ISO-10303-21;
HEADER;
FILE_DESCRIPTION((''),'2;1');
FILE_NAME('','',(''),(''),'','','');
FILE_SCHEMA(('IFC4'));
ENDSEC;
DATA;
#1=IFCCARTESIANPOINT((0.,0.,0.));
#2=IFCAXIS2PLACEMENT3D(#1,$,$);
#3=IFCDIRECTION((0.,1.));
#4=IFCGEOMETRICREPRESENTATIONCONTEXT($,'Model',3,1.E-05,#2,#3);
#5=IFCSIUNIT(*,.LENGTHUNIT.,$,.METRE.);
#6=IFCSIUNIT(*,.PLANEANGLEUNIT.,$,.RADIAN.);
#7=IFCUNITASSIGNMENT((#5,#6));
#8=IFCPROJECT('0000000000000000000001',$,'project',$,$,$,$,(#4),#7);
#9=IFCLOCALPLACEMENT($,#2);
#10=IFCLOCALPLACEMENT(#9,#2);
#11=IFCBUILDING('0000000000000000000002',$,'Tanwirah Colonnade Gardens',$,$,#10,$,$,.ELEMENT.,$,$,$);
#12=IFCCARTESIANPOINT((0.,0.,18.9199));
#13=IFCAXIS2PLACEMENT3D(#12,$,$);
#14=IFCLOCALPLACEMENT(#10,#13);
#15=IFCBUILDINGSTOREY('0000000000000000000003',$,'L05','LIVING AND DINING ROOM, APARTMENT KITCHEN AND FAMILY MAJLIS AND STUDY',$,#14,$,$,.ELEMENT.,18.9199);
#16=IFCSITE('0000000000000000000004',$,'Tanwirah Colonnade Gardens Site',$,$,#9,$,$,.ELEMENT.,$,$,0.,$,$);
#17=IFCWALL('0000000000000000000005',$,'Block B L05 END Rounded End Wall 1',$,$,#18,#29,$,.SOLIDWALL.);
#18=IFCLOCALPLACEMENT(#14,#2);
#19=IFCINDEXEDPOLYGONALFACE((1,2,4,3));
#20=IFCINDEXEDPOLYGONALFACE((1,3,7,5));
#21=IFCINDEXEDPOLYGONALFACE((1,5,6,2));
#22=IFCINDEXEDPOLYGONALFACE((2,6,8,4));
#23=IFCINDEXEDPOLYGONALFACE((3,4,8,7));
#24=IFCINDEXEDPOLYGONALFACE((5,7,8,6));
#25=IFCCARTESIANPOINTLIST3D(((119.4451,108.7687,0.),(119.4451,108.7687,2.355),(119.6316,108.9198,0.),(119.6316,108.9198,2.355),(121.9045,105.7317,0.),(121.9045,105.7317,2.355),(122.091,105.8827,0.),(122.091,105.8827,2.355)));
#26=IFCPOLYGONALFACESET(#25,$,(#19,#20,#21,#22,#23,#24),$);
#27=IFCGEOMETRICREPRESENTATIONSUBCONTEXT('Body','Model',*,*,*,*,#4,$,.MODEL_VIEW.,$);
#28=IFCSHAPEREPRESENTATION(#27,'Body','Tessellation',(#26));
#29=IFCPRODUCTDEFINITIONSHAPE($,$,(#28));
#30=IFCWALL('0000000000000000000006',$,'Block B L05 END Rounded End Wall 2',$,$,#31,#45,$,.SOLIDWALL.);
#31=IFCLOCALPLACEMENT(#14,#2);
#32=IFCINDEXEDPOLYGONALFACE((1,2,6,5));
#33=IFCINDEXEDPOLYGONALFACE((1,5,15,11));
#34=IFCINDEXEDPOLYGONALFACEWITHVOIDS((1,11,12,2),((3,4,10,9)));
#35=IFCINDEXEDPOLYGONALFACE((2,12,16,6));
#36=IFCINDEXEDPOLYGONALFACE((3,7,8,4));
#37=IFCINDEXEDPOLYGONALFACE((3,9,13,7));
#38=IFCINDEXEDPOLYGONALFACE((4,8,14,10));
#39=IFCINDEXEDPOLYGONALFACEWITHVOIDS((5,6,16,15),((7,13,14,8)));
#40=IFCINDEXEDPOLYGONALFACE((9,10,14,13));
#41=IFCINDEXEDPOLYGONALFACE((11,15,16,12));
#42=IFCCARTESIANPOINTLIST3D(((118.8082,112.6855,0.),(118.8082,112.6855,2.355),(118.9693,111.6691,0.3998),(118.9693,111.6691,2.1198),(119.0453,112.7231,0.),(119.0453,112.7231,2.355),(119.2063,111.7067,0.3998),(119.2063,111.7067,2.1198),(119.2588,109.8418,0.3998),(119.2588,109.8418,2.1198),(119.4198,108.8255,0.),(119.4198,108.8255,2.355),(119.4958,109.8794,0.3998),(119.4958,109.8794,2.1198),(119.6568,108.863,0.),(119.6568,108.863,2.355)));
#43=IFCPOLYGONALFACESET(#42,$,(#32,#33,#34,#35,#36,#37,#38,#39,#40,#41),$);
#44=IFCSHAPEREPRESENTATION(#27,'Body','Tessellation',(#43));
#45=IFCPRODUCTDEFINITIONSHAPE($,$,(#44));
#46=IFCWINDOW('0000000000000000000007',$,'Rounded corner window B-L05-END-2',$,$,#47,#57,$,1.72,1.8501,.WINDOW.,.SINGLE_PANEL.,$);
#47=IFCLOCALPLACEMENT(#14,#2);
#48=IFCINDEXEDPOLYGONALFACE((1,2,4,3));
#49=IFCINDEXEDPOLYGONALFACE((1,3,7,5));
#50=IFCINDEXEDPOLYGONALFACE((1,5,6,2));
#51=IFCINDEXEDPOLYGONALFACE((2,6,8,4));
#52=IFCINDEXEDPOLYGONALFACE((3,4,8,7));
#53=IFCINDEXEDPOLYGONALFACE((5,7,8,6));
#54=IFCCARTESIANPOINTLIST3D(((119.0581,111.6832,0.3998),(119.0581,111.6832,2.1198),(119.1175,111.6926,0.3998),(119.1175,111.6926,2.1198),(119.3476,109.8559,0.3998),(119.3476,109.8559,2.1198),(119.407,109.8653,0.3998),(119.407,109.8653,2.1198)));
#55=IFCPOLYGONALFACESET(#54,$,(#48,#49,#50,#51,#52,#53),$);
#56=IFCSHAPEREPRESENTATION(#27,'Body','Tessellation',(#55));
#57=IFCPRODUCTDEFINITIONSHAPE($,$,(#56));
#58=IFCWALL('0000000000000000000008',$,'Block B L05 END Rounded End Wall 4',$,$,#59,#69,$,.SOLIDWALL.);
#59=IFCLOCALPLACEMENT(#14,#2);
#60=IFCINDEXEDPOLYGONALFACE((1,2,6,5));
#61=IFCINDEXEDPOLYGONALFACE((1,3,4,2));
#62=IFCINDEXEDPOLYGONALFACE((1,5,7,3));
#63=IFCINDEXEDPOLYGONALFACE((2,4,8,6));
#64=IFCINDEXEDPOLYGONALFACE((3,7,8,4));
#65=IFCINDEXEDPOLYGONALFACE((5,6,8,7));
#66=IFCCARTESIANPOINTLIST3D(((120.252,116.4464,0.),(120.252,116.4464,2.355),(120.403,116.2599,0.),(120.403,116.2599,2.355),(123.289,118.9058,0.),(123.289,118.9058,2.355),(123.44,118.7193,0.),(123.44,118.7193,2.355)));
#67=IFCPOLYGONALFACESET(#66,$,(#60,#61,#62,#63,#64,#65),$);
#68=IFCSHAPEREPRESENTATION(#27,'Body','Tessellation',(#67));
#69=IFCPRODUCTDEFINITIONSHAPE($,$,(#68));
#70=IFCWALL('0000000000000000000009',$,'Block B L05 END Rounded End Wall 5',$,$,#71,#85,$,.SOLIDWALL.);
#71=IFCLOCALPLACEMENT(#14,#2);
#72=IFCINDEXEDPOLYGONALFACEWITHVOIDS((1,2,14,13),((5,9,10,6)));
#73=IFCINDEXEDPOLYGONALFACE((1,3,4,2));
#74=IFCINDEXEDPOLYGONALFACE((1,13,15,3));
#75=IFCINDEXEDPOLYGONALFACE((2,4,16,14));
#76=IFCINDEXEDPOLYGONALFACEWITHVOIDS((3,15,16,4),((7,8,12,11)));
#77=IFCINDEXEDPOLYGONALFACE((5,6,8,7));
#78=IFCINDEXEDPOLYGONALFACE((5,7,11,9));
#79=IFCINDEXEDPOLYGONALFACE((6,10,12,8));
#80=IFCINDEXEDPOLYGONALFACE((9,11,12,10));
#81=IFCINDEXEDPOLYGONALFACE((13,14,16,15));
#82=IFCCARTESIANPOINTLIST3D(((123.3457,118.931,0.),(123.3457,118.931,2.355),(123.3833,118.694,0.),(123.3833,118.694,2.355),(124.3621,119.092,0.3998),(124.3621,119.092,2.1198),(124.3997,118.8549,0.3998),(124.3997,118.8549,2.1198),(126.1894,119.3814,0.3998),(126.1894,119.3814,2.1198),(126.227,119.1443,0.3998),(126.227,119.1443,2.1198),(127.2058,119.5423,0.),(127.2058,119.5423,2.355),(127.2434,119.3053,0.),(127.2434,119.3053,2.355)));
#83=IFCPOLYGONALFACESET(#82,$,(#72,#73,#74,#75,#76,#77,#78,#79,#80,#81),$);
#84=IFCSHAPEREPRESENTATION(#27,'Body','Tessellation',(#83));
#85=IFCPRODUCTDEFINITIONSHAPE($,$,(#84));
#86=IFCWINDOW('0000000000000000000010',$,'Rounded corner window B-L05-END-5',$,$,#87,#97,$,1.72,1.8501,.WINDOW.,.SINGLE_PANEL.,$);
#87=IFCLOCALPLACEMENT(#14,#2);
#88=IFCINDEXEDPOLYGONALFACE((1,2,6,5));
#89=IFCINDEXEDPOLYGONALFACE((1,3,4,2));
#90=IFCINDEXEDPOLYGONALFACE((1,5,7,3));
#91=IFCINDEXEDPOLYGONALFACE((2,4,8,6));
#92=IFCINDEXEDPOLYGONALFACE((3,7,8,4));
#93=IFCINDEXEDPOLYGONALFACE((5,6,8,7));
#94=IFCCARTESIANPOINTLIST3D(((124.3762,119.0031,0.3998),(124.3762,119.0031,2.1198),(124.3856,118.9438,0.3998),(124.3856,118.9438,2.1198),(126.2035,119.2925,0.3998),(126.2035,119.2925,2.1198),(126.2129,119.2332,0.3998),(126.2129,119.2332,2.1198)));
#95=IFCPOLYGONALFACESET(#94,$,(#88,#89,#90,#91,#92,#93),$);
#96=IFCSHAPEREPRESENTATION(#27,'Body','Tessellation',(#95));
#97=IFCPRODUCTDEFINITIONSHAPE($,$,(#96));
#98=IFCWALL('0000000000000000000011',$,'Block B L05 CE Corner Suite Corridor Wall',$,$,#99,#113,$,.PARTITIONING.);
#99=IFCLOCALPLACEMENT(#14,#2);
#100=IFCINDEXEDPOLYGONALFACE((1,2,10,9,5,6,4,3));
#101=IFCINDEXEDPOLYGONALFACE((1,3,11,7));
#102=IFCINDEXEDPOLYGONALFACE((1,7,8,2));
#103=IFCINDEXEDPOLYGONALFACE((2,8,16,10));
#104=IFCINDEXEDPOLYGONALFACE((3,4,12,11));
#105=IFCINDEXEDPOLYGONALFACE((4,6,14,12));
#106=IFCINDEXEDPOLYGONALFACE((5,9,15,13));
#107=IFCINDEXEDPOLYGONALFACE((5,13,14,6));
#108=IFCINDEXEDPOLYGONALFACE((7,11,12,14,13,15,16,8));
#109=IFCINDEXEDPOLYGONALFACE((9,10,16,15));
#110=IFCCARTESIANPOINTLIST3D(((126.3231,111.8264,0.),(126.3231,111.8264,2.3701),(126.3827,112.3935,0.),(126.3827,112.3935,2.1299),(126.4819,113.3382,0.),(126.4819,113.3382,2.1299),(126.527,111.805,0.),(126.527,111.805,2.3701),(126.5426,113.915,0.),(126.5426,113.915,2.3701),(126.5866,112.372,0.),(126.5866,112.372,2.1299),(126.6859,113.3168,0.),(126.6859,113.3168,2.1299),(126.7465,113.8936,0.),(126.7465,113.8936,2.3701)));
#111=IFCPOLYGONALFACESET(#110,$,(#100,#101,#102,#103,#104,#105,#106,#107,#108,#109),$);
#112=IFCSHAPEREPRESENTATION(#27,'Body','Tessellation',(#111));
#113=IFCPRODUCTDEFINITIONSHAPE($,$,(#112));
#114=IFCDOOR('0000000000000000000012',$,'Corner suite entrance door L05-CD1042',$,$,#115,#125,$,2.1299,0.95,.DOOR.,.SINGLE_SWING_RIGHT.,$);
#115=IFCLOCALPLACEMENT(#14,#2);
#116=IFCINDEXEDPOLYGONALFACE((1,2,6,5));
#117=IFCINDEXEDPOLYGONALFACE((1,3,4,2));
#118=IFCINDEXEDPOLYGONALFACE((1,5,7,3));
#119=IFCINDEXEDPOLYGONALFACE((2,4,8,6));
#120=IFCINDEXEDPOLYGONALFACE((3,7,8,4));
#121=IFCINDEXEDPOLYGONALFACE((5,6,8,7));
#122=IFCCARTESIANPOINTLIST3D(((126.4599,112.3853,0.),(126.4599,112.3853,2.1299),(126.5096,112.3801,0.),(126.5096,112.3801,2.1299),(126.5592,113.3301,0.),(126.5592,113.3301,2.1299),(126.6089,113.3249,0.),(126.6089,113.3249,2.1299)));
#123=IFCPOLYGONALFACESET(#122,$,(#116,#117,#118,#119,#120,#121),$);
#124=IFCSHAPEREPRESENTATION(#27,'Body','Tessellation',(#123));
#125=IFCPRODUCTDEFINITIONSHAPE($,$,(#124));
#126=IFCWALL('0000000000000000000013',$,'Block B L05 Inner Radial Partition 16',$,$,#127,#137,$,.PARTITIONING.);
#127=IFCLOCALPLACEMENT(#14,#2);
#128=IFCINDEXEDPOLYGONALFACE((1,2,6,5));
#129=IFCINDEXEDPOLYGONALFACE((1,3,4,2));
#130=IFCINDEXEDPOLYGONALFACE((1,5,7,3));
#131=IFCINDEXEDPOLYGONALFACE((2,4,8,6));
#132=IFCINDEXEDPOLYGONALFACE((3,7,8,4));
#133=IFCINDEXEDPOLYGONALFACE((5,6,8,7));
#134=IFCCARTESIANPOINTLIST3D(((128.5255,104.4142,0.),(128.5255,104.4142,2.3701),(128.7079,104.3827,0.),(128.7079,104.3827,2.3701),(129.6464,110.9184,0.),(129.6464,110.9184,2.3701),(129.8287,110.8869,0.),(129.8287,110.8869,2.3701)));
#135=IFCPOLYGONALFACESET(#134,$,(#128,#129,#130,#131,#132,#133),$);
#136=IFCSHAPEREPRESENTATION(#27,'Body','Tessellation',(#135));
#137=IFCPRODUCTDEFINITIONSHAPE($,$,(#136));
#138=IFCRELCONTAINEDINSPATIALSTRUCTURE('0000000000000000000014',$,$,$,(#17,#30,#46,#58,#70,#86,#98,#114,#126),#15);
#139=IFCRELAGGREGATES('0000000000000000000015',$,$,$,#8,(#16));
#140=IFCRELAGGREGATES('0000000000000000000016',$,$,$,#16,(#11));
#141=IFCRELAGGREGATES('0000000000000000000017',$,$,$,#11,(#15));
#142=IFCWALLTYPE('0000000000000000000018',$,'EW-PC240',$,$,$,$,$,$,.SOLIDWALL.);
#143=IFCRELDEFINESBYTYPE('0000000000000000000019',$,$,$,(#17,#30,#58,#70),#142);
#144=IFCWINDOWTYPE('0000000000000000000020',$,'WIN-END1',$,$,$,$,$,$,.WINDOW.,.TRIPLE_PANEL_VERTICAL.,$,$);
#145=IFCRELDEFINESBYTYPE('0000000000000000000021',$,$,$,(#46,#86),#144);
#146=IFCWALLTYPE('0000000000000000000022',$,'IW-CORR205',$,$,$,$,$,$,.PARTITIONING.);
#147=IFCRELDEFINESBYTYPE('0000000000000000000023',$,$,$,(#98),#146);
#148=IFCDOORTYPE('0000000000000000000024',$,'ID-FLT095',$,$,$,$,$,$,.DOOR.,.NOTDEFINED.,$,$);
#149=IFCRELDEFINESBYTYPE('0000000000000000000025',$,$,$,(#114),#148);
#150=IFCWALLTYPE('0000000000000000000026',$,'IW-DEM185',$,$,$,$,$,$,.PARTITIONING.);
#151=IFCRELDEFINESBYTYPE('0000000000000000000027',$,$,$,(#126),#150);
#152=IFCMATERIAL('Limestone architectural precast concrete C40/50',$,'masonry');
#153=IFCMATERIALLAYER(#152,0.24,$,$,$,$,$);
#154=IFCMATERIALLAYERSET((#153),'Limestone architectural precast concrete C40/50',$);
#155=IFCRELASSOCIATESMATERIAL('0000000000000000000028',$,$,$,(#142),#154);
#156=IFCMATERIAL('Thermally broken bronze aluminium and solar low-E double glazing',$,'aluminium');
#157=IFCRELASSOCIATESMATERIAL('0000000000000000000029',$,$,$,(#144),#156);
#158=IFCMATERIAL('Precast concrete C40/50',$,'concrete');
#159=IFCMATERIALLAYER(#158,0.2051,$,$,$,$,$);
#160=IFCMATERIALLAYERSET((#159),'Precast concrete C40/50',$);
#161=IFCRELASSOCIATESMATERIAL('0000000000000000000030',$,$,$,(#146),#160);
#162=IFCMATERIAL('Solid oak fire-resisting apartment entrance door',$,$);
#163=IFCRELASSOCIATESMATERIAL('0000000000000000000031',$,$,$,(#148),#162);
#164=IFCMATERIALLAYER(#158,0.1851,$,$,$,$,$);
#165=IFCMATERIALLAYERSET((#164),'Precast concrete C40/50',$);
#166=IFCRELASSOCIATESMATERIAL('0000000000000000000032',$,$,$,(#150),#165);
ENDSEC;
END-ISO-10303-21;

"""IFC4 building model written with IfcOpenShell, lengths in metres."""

from ifc_helpers import new_model, si_unit, direction, frame, frame_2d, origin, place, context, subcontext, project, spatial, rectangle, extrude, material, layer, layer_set, type_object, element, fill, save


model = new_model("IFC4")

# Units and contexts
model_context = context("Model", 3, precision=1e-05, world=origin(), true_north=direction((0.0, 1.0)))
body_context = subcontext(model_context, "Body", "Model", "MODEL_VIEW")
ifc_project = project(units=[si_unit("LENGTHUNIT", "METRE"), si_unit("PLANEANGLEUNIT", "RADIAN")], contexts=[model_context])

# Site, building, storey
site_placement = place(None, origin())
site = spatial("IfcSite", under=ifc_project, at=site_placement, Name="Tanwirah Colonnade Gardens Site", CompositionType="ELEMENT", RefElevation=0.0)
building_placement = place(site_placement, origin())
building = spatial("IfcBuilding", under=site, at=building_placement, Name="Tanwirah Colonnade Gardens", CompositionType="ELEMENT")
storey_placement = place(building_placement, frame((0.0, 0.0, 18.9199)))
storey = spatial("IfcBuildingStorey", under=building, at=storey_placement, Name="L05", Description="LIVING AND DINING ROOM, APARTMENT KITCHEN AND FAMILY MAJLIS AND STUDY", CompositionType="ELEMENT", Elevation=18.9199)

# Shared definitions
ifc_material_1 = material(Name="Precast concrete C40/50", Category="concrete")

# Shared definitions
ifc_material_2 = material(Name="Limestone architectural precast concrete C40/50", Category="masonry")
ifc_layer_1 = layer(ifc_material_2, 0.24)
ifc_layer_set_1 = layer_set([ifc_layer_1], Name="Limestone architectural precast concrete C40/50")
wall_type_1 = type_object("IfcWallType", Name="EW-PC240", PredefinedType="SOLIDWALL", material=ifc_layer_set_1)
ifc_material_3 = material(Name="Thermally broken bronze aluminium and solar low-E double glazing", Category="aluminium")

# Wall
wall_1_placement = place(storey_placement, frame((121.9978, 105.8071, 0.0), z_axis=(0.0, 0.0, 1.0), x_axis=(-0.629331, 0.777137, 0.0)))
element("IfcWall", 1, at=wall_1_placement, inside=storey, type_object=wall_type_1, Name="Block B L05 END Rounded End Wall 1", PredefinedType="SOLIDWALL", context=body_context, shape_type="SweptSolid", body=[
    extrude(rectangle(XDim=3.908, YDim=0.24, at=frame_2d((1.9541, 0.0))), origin(), (0.0, 0.0, 1.0), 2.355),
])

# Wall, opening, window
wall_2_placement = place(storey_placement, frame((119.5383, 108.8442, 0.0), z_axis=(0.0, 0.0, 1.0), x_axis=(-0.156482, 0.987681, 0.0)))
wall_2 = element("IfcWall", 2, at=wall_2_placement, inside=storey, type_object=wall_type_1, Name="Block B L05 END Rounded End Wall 2", PredefinedType="SOLIDWALL", context=body_context, shape_type="SweptSolid", body=[
    extrude(rectangle(XDim=3.9082, YDim=0.24, at=frame_2d((1.9541, 0.0))), origin(), (0.0, 0.0, 1.0), 2.355),
])
opening_1_placement = place(wall_2_placement, frame((1.0291, 0.0, 0.3999)))
opening_1 = element("IfcOpeningElement", 3, at=opening_1_placement, cuts=wall_2, PredefinedType="OPENING", context=body_context, shape_type="SweptSolid", body=[
    extrude(rectangle(XDim=1.8501, YDim=1.72, at=frame_2d((0.925, 0.8599))), frame((0.0, 0.1299, 0.0), z_axis=(0.0, -1.0, 0.0), x_axis=(1.0, 0.0, 0.0)), (0.0, 0.0, 1.0), 0.26),
])
window_type_1 = type_object("IfcWindowType", Name="WIN-END1", PartitioningType="TRIPLE_PANEL_VERTICAL", PredefinedType="WINDOW", material=ifc_material_3)
window_1_placement = place(opening_1_placement, origin())
window_1 = element("IfcWindow", 4, at=window_1_placement, inside=storey, type_object=window_type_1, Name="Rounded corner window B-L05-END-2", OverallHeight=1.72, OverallWidth=1.8501, PartitioningType="SINGLE_PANEL", PredefinedType="WINDOW", context=body_context, shape_type="SweptSolid", body=[
    extrude(rectangle(XDim=1.8501, YDim=1.72, at=frame_2d((0.925, 0.8599))), frame((0.0, 0.03, 0.0), z_axis=(0.0, -1.0, 0.0), x_axis=(1.0, 0.0, 0.0)), (0.0, 0.0, 1.0), 0.0601),
])
fill(opening_1, window_1)

# Wall
wall_3_placement = place(storey_placement, frame((120.3274, 116.353, 0.0), z_axis=(0.0, 0.0, 1.0), x_axis=(0.777137, 0.629331, 0.0)))
element("IfcWall", 5, at=wall_3_placement, inside=storey, type_object=wall_type_1, Name="Block B L05 END Rounded End Wall 4", PredefinedType="SOLIDWALL", context=body_context, shape_type="SweptSolid", body=[
    extrude(rectangle(XDim=3.908, YDim=0.24, at=frame_2d((1.9541, 0.0))), origin(), (0.0, 0.0, 1.0), 2.355),
])

# Wall, opening, window
wall_4_placement = place(storey_placement, frame((123.3645, 118.8125, 0.0), z_axis=(0.0, 0.0, 1.0), x_axis=(0.98769, 0.156421, 0.0)))
wall_4 = element("IfcWall", 6, at=wall_4_placement, inside=storey, type_object=wall_type_1, Name="Block B L05 END Rounded End Wall 5", PredefinedType="SOLIDWALL", context=body_context, shape_type="SweptSolid", body=[
    extrude(rectangle(XDim=3.9082, YDim=0.24, at=frame_2d((1.9541, 0.0))), origin(), (0.0, 0.0, 1.0), 2.355),
])
opening_2_placement = place(wall_4_placement, frame((1.0291, 0.0, 0.3999)))
opening_2 = element("IfcOpeningElement", 7, at=opening_2_placement, cuts=wall_4, PredefinedType="OPENING", context=body_context, shape_type="SweptSolid", body=[
    extrude(rectangle(XDim=1.8501, YDim=1.72, at=frame_2d((0.925, 0.8599))), frame((0.0, 0.1299, 0.0), z_axis=(0.0, -1.0, 0.0), x_axis=(1.0, 0.0, 0.0)), (0.0, 0.0, 1.0), 0.26),
])
window_2_placement = place(opening_2_placement, origin())
window_2 = element("IfcWindow", 8, at=window_2_placement, inside=storey, type_object=window_type_1, Name="Rounded corner window B-L05-END-5", OverallHeight=1.72, OverallWidth=1.8501, PartitioningType="SINGLE_PANEL", PredefinedType="WINDOW", context=body_context, shape_type="SweptSolid", body=[
    extrude(rectangle(XDim=1.8501, YDim=1.72, at=frame_2d((0.925, 0.8599))), frame((0.0, 0.03, 0.0), z_axis=(0.0, -1.0, 0.0), x_axis=(1.0, 0.0, 0.0)), (0.0, 0.0, 1.0), 0.0601),
])
fill(opening_2, window_2)

# Wall, opening, door
ifc_layer_2 = layer(ifc_material_1, 0.2051)
ifc_layer_set_2 = layer_set([ifc_layer_2], Name="Precast concrete C40/50")
wall_type_2 = type_object("IfcWallType", Name="IW-CORR205", PredefinedType="PARTITIONING", material=ifc_layer_set_2)
ifc_material_4 = material(Name="Solid oak fire-resisting apartment entrance door")
wall_5_placement = place(storey_placement, frame((126.425, 111.8157, 0.0), z_axis=(0.0, 0.0, 1.0), x_axis=(0.104509, 0.994524, 0.0)))
wall_5 = element("IfcWall", 9, at=wall_5_placement, inside=storey, type_object=wall_type_2, Name="Block B L05 CE Corner Suite Corridor Wall", PredefinedType="PARTITIONING", context=body_context, shape_type="SweptSolid", body=[
    extrude(rectangle(XDim=2.1001, YDim=0.2051, at=frame_2d((1.05, 0.0))), origin(), (0.0, 0.0, 1.0), 2.3701),
])
opening_3_placement = place(wall_5_placement, frame((0.5701, 0.0, 0.0)))
opening_3 = element("IfcOpeningElement", 10, at=opening_3_placement, cuts=wall_5, PredefinedType="OPENING", context=body_context, shape_type="SweptSolid", body=[
    extrude(rectangle(XDim=0.95, YDim=2.1299, at=frame_2d((0.4751, 1.0649))), frame((0.0, 0.1125, 0.0), z_axis=(0.0, -1.0, 0.0), x_axis=(1.0, 0.0, 0.0)), (0.0, 0.0, 1.0), 0.2251),
])
door_type_1 = type_object("IfcDoorType", Name="ID-FLT095", OperationType="NOTDEFINED", PredefinedType="DOOR", material=ifc_material_4)
door_1_placement = place(opening_3_placement, origin())
door_1 = element("IfcDoor", 11, at=door_1_placement, inside=storey, type_object=door_type_1, Name="Corner suite entrance door L05-CD1042", OperationType="SINGLE_SWING_RIGHT", OverallHeight=2.1299, OverallWidth=0.95, PredefinedType="DOOR", context=body_context, shape_type="SweptSolid", body=[
    extrude(rectangle(XDim=0.95, YDim=2.1299, at=frame_2d((0.4751, 1.0649))), frame((0.0, 0.0249, 0.0), z_axis=(0.0, -1.0, 0.0), x_axis=(1.0, 0.0, 0.0)), (0.0, 0.0, 1.0), 0.05),
])
fill(opening_3, door_1)

# Wall
ifc_layer_3 = layer(ifc_material_1, 0.1851)
ifc_layer_set_3 = layer_set([ifc_layer_3], Name="Precast concrete C40/50")
wall_type_3 = type_object("IfcWallType", Name="IW-DEM185", PredefinedType="PARTITIONING", material=ifc_layer_set_3)
wall_6_placement = place(storey_placement, frame((128.6167, 104.3984, 0.0), z_axis=(0.0, 0.0, 1.0), x_axis=(0.169825, 0.985474, 0.0)))
element("IfcWall", 12, at=wall_6_placement, inside=storey, type_object=wall_type_3, Name="Block B L05 Inner Radial Partition 16", PredefinedType="PARTITIONING", context=body_context, shape_type="SweptSolid", body=[
    extrude(rectangle(XDim=6.6001, YDim=0.1851, at=frame_2d((3.3, 0.0))), origin(), (0.0, 0.0, 1.0), 2.3701),
])

save(model, "model.ifc")
